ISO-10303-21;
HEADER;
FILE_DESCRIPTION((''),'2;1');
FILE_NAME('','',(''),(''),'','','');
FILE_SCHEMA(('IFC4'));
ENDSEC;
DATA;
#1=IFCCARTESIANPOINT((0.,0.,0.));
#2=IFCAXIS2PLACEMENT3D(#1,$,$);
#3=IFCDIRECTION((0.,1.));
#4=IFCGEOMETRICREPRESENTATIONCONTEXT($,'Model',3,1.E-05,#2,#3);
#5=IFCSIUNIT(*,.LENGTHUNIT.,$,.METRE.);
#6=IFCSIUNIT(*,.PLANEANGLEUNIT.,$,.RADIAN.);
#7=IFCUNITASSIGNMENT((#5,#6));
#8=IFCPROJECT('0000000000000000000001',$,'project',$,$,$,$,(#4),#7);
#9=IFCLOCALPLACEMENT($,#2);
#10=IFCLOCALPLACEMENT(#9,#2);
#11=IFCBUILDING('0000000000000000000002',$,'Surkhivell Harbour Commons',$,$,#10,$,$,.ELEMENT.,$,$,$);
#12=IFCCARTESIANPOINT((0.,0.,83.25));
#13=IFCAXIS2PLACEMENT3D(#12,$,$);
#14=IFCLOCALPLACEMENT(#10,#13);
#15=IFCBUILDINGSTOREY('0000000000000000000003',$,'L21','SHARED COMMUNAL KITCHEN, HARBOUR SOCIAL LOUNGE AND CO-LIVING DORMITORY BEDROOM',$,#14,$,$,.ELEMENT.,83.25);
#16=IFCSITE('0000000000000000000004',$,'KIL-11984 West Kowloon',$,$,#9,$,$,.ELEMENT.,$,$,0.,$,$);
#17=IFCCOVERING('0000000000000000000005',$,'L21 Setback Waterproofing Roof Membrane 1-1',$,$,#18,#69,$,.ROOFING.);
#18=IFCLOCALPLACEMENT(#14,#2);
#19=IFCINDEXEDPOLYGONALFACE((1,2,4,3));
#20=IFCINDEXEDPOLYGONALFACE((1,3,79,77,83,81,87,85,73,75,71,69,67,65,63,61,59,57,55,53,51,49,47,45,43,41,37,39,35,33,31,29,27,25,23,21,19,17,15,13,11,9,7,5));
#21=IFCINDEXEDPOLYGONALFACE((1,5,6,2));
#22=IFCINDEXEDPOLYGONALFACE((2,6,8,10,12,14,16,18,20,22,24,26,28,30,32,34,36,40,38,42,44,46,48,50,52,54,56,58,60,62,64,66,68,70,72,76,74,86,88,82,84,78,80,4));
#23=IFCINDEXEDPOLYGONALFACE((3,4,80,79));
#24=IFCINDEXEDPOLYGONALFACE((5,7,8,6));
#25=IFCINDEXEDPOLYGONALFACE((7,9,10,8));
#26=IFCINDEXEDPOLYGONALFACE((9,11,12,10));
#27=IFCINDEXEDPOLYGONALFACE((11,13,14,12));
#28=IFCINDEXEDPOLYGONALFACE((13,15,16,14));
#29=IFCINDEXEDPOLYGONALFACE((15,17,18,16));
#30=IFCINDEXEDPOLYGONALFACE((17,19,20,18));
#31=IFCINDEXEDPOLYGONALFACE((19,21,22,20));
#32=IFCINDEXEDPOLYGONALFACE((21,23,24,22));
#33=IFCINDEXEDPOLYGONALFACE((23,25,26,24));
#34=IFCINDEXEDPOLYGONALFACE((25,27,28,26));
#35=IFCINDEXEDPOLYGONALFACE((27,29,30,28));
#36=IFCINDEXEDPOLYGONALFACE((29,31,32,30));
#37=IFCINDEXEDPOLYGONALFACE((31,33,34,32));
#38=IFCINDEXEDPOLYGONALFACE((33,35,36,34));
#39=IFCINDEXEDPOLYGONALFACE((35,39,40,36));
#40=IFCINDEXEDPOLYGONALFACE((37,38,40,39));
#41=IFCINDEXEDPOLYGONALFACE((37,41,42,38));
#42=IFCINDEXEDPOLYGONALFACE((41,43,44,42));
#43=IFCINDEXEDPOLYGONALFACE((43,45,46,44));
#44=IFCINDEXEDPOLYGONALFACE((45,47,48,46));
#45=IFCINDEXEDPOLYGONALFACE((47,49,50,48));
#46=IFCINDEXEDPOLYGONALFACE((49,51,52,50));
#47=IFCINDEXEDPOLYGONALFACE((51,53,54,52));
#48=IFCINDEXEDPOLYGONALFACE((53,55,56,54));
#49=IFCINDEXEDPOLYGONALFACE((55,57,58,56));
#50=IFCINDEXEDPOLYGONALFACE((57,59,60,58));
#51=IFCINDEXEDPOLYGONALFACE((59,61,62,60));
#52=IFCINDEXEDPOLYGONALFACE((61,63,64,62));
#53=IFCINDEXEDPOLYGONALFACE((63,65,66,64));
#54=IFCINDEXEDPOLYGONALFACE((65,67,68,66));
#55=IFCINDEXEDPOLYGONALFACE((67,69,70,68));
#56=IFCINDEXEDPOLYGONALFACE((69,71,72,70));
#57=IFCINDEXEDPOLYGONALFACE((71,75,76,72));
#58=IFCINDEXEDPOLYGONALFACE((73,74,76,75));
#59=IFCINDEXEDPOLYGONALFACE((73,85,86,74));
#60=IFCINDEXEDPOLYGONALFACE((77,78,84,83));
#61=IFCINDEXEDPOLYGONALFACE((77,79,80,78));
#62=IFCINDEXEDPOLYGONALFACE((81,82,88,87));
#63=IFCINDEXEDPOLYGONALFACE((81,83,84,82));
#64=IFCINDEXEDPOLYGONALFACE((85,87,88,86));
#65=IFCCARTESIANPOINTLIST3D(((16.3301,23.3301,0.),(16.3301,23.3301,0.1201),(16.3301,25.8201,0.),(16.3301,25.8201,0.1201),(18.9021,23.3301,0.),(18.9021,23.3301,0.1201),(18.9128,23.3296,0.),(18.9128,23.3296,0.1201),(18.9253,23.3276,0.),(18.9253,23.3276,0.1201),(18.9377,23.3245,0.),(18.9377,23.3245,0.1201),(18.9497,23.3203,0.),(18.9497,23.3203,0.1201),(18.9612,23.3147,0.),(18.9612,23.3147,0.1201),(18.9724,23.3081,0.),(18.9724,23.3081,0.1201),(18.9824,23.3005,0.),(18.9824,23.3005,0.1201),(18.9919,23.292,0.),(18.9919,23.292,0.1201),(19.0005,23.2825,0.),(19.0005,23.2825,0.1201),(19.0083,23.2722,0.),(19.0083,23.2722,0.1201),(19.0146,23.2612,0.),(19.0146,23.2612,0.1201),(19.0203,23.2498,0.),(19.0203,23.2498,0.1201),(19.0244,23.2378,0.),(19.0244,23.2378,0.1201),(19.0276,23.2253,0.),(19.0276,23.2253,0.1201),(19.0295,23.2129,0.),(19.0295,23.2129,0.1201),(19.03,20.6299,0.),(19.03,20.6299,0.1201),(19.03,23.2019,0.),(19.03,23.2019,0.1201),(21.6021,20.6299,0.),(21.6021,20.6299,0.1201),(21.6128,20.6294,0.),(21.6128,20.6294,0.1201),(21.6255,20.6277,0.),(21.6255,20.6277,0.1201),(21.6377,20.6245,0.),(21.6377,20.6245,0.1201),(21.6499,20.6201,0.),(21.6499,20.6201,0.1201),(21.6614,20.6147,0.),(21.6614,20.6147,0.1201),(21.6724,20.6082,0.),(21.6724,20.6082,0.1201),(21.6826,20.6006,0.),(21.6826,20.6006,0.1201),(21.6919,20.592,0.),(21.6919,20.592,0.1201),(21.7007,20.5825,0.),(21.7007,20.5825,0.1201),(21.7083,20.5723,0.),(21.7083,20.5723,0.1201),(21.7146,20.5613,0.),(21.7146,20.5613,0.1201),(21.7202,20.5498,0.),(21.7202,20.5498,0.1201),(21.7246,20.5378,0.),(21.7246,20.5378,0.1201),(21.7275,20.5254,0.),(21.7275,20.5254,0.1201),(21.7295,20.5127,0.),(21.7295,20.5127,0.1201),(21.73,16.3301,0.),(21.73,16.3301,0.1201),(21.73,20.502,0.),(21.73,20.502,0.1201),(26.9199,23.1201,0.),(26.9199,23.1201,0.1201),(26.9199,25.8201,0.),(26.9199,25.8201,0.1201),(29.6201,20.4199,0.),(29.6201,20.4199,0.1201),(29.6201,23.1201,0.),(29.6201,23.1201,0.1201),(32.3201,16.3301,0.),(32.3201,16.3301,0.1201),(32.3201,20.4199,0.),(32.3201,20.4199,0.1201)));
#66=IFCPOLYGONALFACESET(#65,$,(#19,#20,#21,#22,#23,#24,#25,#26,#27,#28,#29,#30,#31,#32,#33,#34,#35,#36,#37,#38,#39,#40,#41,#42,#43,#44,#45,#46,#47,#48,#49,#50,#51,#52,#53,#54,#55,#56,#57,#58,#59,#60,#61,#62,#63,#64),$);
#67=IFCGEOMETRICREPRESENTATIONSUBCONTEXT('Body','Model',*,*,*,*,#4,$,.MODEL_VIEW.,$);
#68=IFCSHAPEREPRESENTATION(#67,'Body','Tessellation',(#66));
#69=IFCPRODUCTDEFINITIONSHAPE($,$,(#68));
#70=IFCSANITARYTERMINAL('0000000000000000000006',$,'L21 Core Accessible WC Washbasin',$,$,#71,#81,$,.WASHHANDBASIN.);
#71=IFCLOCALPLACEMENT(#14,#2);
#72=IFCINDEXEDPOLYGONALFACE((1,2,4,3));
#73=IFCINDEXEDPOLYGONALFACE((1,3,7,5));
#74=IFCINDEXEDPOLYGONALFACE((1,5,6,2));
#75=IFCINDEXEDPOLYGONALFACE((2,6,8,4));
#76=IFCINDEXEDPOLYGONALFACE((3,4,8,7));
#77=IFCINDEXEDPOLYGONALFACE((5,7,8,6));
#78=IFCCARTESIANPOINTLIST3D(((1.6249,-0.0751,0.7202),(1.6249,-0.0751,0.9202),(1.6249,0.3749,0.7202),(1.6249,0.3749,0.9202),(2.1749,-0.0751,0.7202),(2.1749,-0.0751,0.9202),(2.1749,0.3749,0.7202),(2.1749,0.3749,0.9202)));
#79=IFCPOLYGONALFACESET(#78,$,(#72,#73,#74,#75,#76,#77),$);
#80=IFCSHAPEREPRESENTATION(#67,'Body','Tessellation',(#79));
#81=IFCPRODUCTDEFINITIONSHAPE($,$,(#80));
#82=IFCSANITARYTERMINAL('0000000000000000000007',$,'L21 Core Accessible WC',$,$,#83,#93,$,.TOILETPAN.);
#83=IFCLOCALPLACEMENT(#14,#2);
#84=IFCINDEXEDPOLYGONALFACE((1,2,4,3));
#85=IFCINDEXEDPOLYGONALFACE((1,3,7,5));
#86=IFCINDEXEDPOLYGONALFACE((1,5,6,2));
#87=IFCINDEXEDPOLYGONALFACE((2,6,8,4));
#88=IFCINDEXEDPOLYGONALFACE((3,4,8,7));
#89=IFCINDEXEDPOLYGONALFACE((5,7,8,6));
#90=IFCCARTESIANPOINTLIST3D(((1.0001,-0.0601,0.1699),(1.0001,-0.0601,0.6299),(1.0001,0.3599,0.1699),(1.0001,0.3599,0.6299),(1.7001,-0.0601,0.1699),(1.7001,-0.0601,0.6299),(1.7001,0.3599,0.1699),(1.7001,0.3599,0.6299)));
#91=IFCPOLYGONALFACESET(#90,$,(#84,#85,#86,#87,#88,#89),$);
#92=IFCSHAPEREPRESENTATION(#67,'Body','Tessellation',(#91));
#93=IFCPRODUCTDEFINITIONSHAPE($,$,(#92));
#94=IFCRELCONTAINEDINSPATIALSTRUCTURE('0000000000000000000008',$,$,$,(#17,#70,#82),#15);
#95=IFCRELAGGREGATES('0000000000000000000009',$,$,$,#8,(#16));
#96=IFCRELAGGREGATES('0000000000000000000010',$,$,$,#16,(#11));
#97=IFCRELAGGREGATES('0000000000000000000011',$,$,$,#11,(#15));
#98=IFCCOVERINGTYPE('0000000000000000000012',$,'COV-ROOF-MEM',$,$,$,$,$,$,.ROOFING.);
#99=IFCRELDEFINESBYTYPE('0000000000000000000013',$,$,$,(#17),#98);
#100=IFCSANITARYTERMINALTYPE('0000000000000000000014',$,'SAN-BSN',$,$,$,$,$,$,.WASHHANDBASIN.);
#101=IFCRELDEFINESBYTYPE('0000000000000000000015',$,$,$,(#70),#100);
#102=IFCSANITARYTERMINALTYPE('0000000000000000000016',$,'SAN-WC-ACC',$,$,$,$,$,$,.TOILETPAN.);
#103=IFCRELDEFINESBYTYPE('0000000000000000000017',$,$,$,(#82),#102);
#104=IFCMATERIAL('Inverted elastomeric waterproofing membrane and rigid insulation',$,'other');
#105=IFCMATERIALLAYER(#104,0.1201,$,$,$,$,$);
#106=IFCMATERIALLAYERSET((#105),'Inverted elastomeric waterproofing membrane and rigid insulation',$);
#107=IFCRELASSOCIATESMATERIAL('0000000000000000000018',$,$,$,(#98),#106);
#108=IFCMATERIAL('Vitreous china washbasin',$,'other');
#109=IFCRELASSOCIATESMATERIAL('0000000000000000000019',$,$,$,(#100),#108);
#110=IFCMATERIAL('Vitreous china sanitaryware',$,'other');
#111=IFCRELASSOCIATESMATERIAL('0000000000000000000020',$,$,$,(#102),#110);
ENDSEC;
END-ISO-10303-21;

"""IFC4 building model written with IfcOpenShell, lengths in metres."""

from ifc_helpers import new_model, si_unit, direction, frame, origin, origin_2d, place, context, subcontext, project, spatial, polyline, rectangle, outline, extrude, material, layer, layer_set, type_object, element, save


model = new_model("IFC4")

# Units and contexts
model_context = context("Model", 3, precision=1e-05, world=origin(), true_north=direction((0.0, 1.0)))
body_context = subcontext(model_context, "Body", "Model", "MODEL_VIEW")
ifc_project = project(units=[si_unit("LENGTHUNIT", "METRE"), si_unit("PLANEANGLEUNIT", "RADIAN")], contexts=[model_context])

# Site, building, storey
site_placement = place(None, origin())
site = spatial("IfcSite", under=ifc_project, at=site_placement, Name="KIL-11984 West Kowloon", CompositionType="ELEMENT", RefElevation=0.0)
building_placement = place(site_placement, origin())
building = spatial("IfcBuilding", under=site, at=building_placement, Name="Surkhivell Harbour Commons", CompositionType="ELEMENT")
storey_placement = place(building_placement, frame((0.0, 0.0, 83.25)))
storey = spatial("IfcBuildingStorey", under=building, at=storey_placement, Name="L21", Description="SHARED COMMUNAL KITCHEN, HARBOUR SOCIAL LOUNGE AND CO-LIVING DORMITORY BEDROOM", CompositionType="ELEMENT", Elevation=83.25)

# Covering
ifc_material_1 = material(Name="Inverted elastomeric waterproofing membrane and rigid insulation", Category="other")
ifc_layer_1 = layer(ifc_material_1, 0.1201)
ifc_layer_set_1 = layer_set([ifc_layer_1], Name="Inverted elastomeric waterproofing membrane and rigid insulation")
covering_type_1 = type_object("IfcCoveringType", Name="COV-ROOF-MEM", PredefinedType="ROOFING", material=ifc_layer_set_1)
covering_1_placement = place(storey_placement, origin())
element("IfcCovering", 1, at=covering_1_placement, inside=storey, type_object=covering_type_1, Name="L21 Setback Waterproofing Roof Membrane 1-1", PredefinedType="ROOFING", context=body_context, shape_type="SweptSolid", body=[
    extrude(outline(polyline([(26.9199, 25.8201), (16.3301, 25.8201), (16.3301, 23.3301), (18.9021, 23.3301), (18.9128, 23.3296), (18.9253, 23.3276), (18.9377, 23.3245), (18.9497, 23.3203), (18.9612, 23.3147), (18.9724, 23.3081), (18.9824, 23.3005), (18.9919, 23.292), (19.0005, 23.2825), (19.0083, 23.2722), (19.0146, 23.2612), (19.0203, 23.2498), (19.0244, 23.2378), (19.0276, 23.2253), (19.0295, 23.2129), (19.03, 23.2019), (19.03, 20.6299), (21.6021, 20.6299), (21.6128, 20.6294), (21.6255, 20.6277), (21.6377, 20.6245), (21.6499, 20.6201), (21.6614, 20.6147), (21.6724, 20.6082), (21.6826, 20.6006), (21.6919, 20.592), (21.7007, 20.5825), (21.7083, 20.5723), (21.7146, 20.5613), (21.7202, 20.5498), (21.7246, 20.5378), (21.7275, 20.5254), (21.7295, 20.5127), (21.73, 20.502), (21.73, 16.3301), (32.3201, 16.3301), (32.3201, 20.4199), (29.6201, 20.4199), (29.6201, 23.1201), (26.9199, 23.1201), (26.9199, 25.8201)])), origin(), (0.0, 0.0, 1.0), 0.1201),
])

# Sanitary terminals
ifc_material_2 = material(Name="Vitreous china washbasin", Category="other")
sanitary_terminal_type_1 = type_object("IfcSanitaryTerminalType", Name="SAN-BSN", PredefinedType="WASHHANDBASIN", material=ifc_material_2)
sanitary_terminal_1_placement = place(storey_placement, frame((1.8999, 0.1499, 0.7202), z_axis=(0.0, 0.0, 1.0), x_axis=(1.0, 0.0, 0.0)))
element("IfcSanitaryTerminal", 2, at=sanitary_terminal_1_placement, inside=storey, type_object=sanitary_terminal_type_1, Name="L21 Core Accessible WC Washbasin", PredefinedType="WASHHANDBASIN", context=body_context, shape_type="SweptSolid", body=[
    extrude(rectangle(XDim=0.55, YDim=0.45, at=origin_2d()), origin(), (0.0, 0.0, 1.0), 0.2),
])
ifc_material_3 = material(Name="Vitreous china sanitaryware", Category="other")
sanitary_terminal_type_2 = type_object("IfcSanitaryTerminalType", Name="SAN-WC-ACC", PredefinedType="TOILETPAN", material=ifc_material_3)
sanitary_terminal_2_placement = place(storey_placement, frame((1.3501, 0.1499, 0.1699), z_axis=(0.0, 0.0, 1.0), x_axis=(1.0, 0.0, 0.0)))
element("IfcSanitaryTerminal", 3, at=sanitary_terminal_2_placement, inside=storey, type_object=sanitary_terminal_type_2, Name="L21 Core Accessible WC", PredefinedType="TOILETPAN", context=body_context, shape_type="SweptSolid", body=[
    extrude(rectangle(XDim=0.7, YDim=0.4199, at=origin_2d()), origin(), (0.0, 0.0, 1.0), 0.46),
])

save(model, "model.ifc")
